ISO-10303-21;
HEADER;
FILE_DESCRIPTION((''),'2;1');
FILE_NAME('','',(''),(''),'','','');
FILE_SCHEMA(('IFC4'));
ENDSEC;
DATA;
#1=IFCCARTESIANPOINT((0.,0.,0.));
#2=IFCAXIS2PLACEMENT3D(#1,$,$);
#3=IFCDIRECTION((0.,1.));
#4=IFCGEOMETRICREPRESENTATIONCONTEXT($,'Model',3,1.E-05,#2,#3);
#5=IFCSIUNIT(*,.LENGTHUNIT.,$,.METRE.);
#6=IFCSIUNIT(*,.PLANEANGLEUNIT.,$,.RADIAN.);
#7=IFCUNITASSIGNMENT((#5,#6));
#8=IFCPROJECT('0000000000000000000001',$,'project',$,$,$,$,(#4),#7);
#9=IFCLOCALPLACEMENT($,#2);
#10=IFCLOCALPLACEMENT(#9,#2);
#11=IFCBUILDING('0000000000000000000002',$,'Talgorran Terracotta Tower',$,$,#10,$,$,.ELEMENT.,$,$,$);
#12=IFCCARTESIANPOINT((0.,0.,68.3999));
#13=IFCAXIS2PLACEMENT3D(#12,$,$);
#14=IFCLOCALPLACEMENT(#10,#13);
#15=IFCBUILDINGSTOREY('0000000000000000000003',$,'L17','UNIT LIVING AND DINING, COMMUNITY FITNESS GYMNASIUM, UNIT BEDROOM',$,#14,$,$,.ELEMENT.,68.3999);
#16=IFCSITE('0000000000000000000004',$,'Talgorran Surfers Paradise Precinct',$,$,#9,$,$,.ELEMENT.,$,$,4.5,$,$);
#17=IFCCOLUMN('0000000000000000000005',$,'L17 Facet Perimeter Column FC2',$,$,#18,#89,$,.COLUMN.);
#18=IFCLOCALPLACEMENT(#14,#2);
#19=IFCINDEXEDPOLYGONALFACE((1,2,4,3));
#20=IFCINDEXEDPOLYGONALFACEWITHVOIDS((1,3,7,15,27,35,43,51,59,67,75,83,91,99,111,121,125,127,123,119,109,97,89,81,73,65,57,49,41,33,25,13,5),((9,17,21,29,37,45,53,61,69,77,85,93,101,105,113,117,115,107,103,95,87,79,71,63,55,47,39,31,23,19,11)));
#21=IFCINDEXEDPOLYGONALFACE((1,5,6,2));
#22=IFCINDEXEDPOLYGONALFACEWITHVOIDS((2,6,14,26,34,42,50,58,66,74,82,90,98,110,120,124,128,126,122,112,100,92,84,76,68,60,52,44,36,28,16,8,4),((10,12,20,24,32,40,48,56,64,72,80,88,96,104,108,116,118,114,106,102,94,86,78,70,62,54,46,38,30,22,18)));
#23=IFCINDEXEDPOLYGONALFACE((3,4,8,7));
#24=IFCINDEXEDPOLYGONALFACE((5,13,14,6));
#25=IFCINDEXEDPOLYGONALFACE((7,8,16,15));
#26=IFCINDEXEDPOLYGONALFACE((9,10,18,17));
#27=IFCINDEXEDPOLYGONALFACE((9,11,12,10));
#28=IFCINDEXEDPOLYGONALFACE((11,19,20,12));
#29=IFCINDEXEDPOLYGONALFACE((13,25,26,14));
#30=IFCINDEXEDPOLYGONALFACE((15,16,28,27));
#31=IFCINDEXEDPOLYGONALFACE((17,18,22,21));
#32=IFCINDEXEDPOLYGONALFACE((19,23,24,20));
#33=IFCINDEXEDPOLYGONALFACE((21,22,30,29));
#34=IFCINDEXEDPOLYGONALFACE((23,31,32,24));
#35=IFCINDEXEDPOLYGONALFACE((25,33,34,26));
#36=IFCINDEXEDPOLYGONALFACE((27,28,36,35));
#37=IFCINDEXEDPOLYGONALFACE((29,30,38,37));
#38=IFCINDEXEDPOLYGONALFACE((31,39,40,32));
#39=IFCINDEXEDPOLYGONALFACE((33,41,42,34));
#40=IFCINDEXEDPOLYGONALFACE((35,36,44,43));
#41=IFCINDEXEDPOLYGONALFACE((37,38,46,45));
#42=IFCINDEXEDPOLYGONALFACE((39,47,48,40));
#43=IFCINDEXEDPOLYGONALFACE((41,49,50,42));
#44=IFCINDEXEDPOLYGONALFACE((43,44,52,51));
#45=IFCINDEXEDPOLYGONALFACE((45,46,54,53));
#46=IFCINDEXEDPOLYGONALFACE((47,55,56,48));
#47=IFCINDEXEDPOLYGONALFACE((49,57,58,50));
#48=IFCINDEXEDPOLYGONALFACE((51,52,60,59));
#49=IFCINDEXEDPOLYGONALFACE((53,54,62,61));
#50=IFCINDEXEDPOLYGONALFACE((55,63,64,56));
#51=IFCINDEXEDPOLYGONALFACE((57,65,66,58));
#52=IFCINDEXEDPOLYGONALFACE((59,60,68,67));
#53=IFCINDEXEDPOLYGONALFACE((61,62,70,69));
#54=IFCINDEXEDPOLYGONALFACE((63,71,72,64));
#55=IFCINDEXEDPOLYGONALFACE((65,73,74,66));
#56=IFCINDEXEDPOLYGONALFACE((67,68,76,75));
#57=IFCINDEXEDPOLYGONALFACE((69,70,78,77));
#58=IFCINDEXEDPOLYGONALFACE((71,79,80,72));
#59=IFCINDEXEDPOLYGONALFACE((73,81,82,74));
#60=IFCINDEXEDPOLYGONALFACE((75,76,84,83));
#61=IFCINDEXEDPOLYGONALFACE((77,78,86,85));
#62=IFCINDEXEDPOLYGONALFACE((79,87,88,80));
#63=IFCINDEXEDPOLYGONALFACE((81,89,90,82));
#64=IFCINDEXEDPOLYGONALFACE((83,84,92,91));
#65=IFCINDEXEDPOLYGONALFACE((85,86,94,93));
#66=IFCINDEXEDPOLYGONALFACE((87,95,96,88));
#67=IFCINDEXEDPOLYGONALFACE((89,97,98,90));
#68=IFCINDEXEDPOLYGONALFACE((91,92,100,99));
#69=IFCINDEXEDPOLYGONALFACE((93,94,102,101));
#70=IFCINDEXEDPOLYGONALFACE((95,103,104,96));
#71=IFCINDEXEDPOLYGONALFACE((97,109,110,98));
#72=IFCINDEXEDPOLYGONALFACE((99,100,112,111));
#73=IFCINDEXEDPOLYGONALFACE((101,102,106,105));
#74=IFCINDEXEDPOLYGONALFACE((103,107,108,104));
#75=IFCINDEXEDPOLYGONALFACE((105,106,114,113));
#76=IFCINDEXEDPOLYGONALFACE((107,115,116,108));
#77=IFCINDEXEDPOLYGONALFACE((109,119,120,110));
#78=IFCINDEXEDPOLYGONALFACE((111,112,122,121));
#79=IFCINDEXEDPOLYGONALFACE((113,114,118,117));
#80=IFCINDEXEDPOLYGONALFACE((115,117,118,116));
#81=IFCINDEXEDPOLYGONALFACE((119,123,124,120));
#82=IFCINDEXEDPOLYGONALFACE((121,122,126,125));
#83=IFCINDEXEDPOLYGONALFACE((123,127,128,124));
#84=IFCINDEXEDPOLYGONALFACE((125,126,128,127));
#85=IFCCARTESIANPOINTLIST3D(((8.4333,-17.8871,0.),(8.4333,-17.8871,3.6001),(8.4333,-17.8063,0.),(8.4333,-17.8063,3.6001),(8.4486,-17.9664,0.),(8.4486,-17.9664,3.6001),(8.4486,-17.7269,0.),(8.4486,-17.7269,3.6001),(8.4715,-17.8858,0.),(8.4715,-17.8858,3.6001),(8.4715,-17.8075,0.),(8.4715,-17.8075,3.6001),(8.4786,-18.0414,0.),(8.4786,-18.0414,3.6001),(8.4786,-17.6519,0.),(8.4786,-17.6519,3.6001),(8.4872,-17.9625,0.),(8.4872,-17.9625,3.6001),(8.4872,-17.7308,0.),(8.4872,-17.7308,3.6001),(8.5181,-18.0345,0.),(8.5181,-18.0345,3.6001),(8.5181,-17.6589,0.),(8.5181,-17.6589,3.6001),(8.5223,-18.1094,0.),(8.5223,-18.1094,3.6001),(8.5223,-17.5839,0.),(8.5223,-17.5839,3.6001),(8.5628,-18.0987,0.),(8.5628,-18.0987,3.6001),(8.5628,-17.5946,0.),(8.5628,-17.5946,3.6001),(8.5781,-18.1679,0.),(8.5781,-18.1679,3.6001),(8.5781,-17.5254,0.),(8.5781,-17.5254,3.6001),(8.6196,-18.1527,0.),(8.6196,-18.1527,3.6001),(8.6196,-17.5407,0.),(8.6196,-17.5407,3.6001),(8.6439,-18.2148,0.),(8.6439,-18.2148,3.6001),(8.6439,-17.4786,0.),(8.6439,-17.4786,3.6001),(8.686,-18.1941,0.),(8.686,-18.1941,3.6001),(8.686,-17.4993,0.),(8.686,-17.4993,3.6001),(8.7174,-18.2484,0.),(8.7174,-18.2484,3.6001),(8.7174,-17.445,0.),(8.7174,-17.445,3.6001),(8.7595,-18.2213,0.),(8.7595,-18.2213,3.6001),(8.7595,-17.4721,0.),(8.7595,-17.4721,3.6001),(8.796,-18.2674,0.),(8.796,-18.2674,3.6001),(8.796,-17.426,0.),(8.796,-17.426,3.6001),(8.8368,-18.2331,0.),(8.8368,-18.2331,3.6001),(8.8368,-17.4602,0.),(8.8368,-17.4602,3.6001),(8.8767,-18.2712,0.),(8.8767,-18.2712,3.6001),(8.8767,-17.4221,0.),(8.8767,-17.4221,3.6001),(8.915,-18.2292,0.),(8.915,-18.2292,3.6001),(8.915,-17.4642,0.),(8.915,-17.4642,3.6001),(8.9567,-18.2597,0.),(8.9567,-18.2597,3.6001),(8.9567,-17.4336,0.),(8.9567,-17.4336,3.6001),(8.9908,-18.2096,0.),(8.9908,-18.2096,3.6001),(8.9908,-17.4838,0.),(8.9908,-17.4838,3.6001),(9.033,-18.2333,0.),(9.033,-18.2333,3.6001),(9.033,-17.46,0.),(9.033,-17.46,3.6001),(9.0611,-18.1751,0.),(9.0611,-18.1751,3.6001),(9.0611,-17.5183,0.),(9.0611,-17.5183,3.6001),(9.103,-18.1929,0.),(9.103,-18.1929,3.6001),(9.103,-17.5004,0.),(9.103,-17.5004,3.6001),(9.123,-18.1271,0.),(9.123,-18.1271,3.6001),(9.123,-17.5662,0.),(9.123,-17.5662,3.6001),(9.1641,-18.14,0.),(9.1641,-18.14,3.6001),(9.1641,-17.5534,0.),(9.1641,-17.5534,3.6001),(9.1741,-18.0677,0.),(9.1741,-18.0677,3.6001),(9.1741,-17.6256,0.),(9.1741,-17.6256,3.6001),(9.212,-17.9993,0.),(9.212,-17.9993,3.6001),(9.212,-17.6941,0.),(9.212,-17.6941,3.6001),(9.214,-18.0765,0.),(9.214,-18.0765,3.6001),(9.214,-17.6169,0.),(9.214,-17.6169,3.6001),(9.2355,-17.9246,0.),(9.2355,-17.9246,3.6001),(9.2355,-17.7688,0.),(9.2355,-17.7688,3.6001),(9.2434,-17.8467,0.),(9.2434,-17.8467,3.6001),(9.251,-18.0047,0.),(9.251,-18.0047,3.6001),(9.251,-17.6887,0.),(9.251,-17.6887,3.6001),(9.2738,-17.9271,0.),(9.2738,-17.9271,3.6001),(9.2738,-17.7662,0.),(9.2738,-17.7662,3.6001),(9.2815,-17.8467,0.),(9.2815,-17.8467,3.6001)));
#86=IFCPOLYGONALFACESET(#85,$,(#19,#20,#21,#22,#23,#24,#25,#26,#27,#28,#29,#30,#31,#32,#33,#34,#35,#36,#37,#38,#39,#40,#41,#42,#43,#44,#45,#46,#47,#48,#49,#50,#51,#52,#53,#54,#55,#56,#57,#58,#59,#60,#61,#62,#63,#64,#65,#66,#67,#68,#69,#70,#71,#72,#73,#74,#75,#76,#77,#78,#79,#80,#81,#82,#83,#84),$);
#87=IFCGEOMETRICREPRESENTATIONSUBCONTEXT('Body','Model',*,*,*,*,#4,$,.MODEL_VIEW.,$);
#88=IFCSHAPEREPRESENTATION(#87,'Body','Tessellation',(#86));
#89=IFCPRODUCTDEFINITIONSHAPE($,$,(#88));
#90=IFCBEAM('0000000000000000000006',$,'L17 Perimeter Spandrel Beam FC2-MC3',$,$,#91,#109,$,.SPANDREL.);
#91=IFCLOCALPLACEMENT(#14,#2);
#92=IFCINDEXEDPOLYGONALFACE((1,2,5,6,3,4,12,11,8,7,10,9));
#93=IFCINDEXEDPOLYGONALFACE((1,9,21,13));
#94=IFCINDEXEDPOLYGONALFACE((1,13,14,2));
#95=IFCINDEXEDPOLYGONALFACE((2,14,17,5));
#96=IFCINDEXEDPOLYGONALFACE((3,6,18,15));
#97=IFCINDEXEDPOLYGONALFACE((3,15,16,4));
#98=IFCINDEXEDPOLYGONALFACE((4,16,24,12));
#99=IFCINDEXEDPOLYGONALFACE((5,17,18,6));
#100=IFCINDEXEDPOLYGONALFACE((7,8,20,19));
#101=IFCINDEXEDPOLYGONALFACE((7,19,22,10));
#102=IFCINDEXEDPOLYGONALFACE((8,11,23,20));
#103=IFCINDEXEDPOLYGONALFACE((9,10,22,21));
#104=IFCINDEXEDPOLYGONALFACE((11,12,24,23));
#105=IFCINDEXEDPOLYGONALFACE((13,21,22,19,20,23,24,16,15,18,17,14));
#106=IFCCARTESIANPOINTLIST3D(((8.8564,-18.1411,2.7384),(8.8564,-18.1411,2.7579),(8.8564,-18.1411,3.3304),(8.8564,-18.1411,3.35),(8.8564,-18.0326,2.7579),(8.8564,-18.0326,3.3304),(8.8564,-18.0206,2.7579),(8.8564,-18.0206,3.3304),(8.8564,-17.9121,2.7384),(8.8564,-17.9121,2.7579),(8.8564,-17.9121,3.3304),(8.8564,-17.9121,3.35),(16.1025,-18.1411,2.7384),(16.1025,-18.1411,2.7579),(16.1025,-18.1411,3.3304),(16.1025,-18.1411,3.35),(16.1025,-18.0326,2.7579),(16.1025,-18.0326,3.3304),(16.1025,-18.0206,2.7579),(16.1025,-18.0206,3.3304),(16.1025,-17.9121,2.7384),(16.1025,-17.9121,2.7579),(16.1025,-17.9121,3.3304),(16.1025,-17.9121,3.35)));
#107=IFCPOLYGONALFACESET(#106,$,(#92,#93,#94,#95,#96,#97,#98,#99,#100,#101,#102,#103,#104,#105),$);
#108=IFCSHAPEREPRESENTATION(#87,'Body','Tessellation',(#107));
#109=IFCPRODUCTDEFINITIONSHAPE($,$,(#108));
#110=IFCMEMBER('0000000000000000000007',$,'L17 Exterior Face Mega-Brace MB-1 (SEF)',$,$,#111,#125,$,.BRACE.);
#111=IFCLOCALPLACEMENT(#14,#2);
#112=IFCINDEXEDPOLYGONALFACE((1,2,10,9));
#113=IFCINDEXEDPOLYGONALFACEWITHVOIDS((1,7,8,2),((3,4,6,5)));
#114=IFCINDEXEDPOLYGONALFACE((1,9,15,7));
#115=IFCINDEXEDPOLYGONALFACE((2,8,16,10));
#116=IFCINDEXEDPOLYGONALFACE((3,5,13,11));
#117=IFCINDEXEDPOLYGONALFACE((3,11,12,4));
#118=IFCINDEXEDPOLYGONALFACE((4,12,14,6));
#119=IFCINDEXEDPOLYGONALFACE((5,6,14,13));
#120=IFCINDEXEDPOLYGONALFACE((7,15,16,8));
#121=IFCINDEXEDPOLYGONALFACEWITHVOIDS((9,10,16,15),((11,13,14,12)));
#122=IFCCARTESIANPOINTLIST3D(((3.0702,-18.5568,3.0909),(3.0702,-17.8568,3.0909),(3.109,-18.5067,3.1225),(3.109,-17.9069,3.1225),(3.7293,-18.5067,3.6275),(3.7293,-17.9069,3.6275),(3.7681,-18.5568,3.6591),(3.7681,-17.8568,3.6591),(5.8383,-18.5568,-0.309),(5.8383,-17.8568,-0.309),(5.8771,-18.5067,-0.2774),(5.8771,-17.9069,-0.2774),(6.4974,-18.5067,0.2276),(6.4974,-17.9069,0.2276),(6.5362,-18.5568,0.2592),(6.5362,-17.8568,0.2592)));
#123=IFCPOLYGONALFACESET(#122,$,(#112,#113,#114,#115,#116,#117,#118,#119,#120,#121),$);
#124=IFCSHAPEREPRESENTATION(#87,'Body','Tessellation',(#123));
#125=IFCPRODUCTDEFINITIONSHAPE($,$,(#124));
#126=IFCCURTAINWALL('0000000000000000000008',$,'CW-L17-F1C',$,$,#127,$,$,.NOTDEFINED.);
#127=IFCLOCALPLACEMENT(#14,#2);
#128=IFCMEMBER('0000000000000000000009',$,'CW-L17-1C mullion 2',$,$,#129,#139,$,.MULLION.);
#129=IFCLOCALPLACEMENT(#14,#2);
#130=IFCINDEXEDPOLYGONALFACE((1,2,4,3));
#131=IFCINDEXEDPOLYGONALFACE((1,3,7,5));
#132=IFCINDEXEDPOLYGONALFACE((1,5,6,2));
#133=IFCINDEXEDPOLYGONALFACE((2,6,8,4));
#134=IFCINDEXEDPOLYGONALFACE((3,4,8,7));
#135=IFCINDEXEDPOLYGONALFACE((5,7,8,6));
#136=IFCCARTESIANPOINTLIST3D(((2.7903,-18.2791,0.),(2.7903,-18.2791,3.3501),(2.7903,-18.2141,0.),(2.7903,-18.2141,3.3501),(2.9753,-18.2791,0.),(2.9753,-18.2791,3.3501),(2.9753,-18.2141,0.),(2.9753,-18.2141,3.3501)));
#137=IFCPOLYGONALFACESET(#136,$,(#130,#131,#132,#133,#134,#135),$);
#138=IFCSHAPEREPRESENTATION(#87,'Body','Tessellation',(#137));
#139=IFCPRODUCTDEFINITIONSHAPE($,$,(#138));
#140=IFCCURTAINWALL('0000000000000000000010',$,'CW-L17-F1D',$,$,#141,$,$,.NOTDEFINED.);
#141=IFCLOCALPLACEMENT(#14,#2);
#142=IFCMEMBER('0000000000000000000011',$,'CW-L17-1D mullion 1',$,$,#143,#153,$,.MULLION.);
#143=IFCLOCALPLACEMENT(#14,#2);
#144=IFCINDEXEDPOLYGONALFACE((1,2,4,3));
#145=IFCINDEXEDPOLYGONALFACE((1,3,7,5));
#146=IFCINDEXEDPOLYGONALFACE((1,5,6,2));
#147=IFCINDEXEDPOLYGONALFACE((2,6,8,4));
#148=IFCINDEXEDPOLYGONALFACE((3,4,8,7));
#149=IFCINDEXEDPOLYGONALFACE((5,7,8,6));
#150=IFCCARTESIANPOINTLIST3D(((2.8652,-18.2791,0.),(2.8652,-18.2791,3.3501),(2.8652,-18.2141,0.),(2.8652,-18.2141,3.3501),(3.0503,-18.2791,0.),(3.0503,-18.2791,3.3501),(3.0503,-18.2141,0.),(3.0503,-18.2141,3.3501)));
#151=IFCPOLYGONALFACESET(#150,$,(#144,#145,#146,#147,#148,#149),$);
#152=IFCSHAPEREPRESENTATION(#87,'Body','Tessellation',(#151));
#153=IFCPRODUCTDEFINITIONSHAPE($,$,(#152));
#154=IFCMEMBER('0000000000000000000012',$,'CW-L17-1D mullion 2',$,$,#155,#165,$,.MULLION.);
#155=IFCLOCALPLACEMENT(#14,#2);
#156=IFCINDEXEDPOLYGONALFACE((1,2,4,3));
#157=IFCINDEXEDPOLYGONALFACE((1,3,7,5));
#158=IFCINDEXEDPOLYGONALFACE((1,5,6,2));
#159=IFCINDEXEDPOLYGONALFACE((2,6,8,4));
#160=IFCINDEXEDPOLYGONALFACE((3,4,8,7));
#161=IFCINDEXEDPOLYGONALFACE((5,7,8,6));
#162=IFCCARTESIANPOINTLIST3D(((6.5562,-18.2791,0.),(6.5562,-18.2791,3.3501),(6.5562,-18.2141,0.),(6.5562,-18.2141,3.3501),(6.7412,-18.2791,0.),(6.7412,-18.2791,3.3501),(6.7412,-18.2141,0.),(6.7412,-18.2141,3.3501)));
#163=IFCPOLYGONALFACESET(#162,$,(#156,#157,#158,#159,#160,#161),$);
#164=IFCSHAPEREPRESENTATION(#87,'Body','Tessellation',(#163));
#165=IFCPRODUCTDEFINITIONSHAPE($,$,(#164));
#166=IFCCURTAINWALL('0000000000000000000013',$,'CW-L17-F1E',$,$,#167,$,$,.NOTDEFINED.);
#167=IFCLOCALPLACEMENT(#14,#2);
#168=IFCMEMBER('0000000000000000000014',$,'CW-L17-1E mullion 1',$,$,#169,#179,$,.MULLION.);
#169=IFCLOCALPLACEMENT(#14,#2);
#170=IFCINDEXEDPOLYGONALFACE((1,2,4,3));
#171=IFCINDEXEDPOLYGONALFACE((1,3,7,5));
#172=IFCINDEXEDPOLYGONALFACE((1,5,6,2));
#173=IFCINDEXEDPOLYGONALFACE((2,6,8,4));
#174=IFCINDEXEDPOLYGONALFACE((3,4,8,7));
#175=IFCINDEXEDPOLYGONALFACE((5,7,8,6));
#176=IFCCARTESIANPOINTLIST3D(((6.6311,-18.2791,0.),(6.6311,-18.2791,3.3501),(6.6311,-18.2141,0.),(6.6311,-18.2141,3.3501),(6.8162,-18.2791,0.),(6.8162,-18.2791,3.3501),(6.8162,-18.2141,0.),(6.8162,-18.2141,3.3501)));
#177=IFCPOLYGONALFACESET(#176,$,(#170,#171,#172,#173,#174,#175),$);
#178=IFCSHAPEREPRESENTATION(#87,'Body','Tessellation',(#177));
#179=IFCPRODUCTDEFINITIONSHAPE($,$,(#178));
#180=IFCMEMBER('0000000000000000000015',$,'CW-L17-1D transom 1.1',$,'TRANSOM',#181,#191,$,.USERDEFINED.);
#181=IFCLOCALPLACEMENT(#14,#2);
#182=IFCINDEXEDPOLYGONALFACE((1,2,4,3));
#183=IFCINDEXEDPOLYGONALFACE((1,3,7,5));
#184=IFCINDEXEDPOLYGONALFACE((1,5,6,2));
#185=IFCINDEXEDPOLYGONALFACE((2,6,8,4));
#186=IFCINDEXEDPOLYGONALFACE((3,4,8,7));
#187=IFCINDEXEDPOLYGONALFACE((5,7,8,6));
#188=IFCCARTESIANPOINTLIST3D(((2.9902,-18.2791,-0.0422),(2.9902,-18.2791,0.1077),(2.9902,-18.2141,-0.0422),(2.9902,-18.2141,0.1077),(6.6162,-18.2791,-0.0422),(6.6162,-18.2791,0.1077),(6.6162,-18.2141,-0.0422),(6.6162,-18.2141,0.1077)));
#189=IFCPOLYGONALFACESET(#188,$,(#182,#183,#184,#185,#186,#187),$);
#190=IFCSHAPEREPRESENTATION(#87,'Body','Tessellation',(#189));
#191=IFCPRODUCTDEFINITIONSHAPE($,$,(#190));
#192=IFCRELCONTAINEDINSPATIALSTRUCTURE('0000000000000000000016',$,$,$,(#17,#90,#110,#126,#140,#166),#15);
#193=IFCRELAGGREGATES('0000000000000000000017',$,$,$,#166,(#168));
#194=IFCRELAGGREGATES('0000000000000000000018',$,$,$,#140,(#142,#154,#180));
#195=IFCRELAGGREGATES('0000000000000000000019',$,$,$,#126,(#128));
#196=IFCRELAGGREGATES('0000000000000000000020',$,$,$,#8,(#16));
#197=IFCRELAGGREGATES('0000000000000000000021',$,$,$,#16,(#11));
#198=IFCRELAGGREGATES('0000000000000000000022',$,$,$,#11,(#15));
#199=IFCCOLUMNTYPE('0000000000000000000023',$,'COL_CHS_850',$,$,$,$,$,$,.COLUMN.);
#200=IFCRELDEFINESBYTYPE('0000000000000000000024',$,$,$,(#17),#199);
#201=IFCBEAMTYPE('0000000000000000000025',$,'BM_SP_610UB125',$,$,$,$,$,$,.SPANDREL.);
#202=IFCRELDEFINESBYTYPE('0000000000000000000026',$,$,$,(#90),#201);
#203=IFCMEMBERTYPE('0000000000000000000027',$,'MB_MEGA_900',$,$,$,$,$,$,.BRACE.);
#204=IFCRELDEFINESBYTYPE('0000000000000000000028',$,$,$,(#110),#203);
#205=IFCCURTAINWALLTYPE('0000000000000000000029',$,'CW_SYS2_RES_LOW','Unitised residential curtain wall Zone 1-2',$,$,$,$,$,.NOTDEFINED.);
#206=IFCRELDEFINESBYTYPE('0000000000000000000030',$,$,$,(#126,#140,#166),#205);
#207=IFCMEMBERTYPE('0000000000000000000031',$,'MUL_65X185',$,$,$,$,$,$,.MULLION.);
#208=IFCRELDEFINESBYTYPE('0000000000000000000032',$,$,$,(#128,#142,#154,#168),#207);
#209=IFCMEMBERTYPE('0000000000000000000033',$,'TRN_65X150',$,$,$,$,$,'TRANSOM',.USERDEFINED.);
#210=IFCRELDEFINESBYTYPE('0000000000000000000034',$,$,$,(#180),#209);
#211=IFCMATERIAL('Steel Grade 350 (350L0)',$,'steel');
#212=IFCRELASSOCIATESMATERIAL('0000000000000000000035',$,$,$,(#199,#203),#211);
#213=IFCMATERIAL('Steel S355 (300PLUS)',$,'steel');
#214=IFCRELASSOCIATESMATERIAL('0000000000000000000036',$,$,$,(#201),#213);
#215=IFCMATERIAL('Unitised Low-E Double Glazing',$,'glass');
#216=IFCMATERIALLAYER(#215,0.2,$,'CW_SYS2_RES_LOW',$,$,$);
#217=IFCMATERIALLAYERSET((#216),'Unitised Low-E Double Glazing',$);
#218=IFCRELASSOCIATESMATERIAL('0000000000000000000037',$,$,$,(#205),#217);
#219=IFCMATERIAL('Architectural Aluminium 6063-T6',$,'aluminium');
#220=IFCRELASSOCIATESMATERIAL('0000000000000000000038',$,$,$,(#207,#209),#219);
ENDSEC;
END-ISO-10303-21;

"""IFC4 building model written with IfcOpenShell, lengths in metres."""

from ifc_helpers import new_model, si_unit, direction, frame, origin, origin_2d, place, context, subcontext, project, spatial, rectangle, hollow_rectangle, hollow_circle, i_section, extrude, material, layer, layer_set, material_profile, profile_set, type_object, element, aggregate, save


model = new_model("IFC4")

# Units and contexts
model_context = context("Model", 3, precision=1e-05, world=origin(), true_north=direction((0.0, 1.0)))
body_context = subcontext(model_context, "Body", "Model", "MODEL_VIEW")
ifc_project = project(units=[si_unit("LENGTHUNIT", "METRE"), si_unit("PLANEANGLEUNIT", "RADIAN")], contexts=[model_context])

# Site, building, storey
site_placement = place(None, origin())
site = spatial("IfcSite", under=ifc_project, at=site_placement, Name="Talgorran Surfers Paradise Precinct", CompositionType="ELEMENT", RefElevation=4.5)
building_placement = place(site_placement, origin())
building = spatial("IfcBuilding", under=site, at=building_placement, Name="Talgorran Terracotta Tower", CompositionType="ELEMENT")
storey_placement = place(building_placement, frame((0.0, 0.0, 68.3999)))
storey = spatial("IfcBuildingStorey", under=building, at=storey_placement, Name="L17", Description="UNIT LIVING AND DINING, COMMUNITY FITNESS GYMNASIUM, UNIT BEDROOM", CompositionType="ELEMENT", Elevation=68.3999)

# Column
ifc_material_1 = material(Name="Steel Grade 350 (350L0)", Category="steel")
ifc_material_profile_1 = material_profile(ifc_material_1, hollow_circle(Radius=0.425, WallThickness=0.0381, at=origin_2d()), Name="CHS850X38")
ifc_profile_set_1 = profile_set([ifc_material_profile_1], Name="Steel Grade 350 (350L0)")
column_type = type_object("IfcColumnType", Name="COL_CHS_850", PredefinedType="COLUMN", material=ifc_profile_set_1)
column_placement = place(storey_placement, frame((8.8564, -17.8467, 0.0), z_axis=(0.0, 0.0, 1.0), x_axis=(1.0, 0.0, 0.0)))
element("IfcColumn", 1, at=column_placement, inside=storey, type_object=column_type, Name="L17 Facet Perimeter Column FC2", PredefinedType="COLUMN", context=body_context, shape_type="SweptSolid", body=[
    extrude(hollow_circle(Radius=0.425, WallThickness=0.0381, at=origin_2d()), origin(), (0.0, 0.0, 1.0), 3.6001),
])

# Beam
ifc_material_2 = material(Name="Steel S355 (300PLUS)", Category="steel")
ifc_material_profile_2 = material_profile(ifc_material_2, i_section(OverallWidth=0.229, OverallDepth=0.6116, WebThickness=0.012, FlangeThickness=0.0195, at=origin_2d()), Name="610UB125")
ifc_profile_set_2 = profile_set([ifc_material_profile_2], Name="Steel S355 (300PLUS)")
beam_type = type_object("IfcBeamType", Name="BM_SP_610UB125", PredefinedType="SPANDREL", material=ifc_profile_set_2)
beam_placement = place(storey_placement, frame((8.8564, -18.0266, 3.0442), z_axis=(1.0, 0.0, 0.0), x_axis=(0.0, 1.0, 0.0)))
element("IfcBeam", 2, at=beam_placement, inside=storey, type_object=beam_type, Name="L17 Perimeter Spandrel Beam FC2-MC3", PredefinedType="SPANDREL", context=body_context, shape_type="SweptSolid", body=[
    extrude(i_section(OverallWidth=0.229, OverallDepth=0.6116, WebThickness=0.012, FlangeThickness=0.0195, at=origin_2d()), origin(), (0.0, 0.0, 1.0), 7.2461),
])

# Member
ifc_material_profile_3 = material_profile(ifc_material_1, hollow_rectangle(XDim=0.7, YDim=0.8999, WallThickness=0.05, at=origin_2d()), Name="WBOX900X700X50")
ifc_profile_set_3 = profile_set([ifc_material_profile_3], Name="Steel Grade 350 (350L0)")
member_type_1 = type_object("IfcMemberType", Name="MB_MEGA_900", PredefinedType="BRACE", material=ifc_profile_set_3)
member_1_placement = place(storey_placement, frame((6.1873, -18.2068, -0.0249), z_axis=(-0.631368, 0.0, 0.775483), x_axis=(0.0, -1.0, 0.0)))
element("IfcMember", 3, at=member_1_placement, inside=storey, type_object=member_type_1, Name="L17 Exterior Face Mega-Brace MB-1 (SEF)", PredefinedType="BRACE", context=body_context, shape_type="SweptSolid", body=[
    extrude(hollow_rectangle(XDim=0.7, YDim=0.8999, WallThickness=0.05, at=origin_2d()), origin(), (0.0, 0.0, 1.0), 4.3843),
])

# Curtain wall, member
ifc_material_3 = material(Name="Unitised Low-E Double Glazing", Category="glass")
ifc_layer_1 = layer(ifc_material_3, 0.2, Name="CW_SYS2_RES_LOW")
ifc_layer_set_1 = layer_set([ifc_layer_1], Name="Unitised Low-E Double Glazing")
curtain_wall_type = type_object("IfcCurtainWallType", Name="CW_SYS2_RES_LOW", Description="Unitised residential curtain wall Zone 1-2", PredefinedType="NOTDEFINED", material=ifc_layer_set_1)
curtain_wall_1_placement = place(storey_placement, origin())
curtain_wall_1 = element("IfcCurtainWall", 4, at=curtain_wall_1_placement, inside=storey, type_object=curtain_wall_type, Name="CW-L17-F1C", PredefinedType="NOTDEFINED")
ifc_material_4 = material(Name="Architectural Aluminium 6063-T6", Category="aluminium")
ifc_material_profile_4 = material_profile(ifc_material_4, rectangle(XDim=0.0649, YDim=0.1851, at=origin_2d()), Name="CWM65X185")
ifc_profile_set_4 = profile_set([ifc_material_profile_4], Name="Architectural Aluminium 6063-T6")
member_type_2 = type_object("IfcMemberType", Name="MUL_65X185", PredefinedType="MULLION", material=ifc_profile_set_4)
member_2_placement = place(storey_placement, frame((2.8828, -18.2466, 0.0), z_axis=(0.0, 0.0, 1.0), x_axis=(0.0, 1.0, 0.0)))
member_2 = element("IfcMember", 5, at=member_2_placement, type_object=member_type_2, Name="CW-L17-1C mullion 2", PredefinedType="MULLION", context=body_context, shape_type="SweptSolid", body=[
    extrude(rectangle(XDim=0.0649, YDim=0.1851, at=origin_2d()), origin(), (0.0, 0.0, 1.0), 3.3501),
])

# Curtain wall, members
curtain_wall_2_placement = place(storey_placement, origin())
curtain_wall_2 = element("IfcCurtainWall", 6, at=curtain_wall_2_placement, inside=storey, type_object=curtain_wall_type, Name="CW-L17-F1D", PredefinedType="NOTDEFINED")
member_3_placement = place(storey_placement, frame((2.9578, -18.2466, 0.0), z_axis=(0.0, 0.0, 1.0), x_axis=(0.0, 1.0, 0.0)))
member_3 = element("IfcMember", 7, at=member_3_placement, type_object=member_type_2, Name="CW-L17-1D mullion 1", PredefinedType="MULLION", context=body_context, shape_type="SweptSolid", body=[
    extrude(rectangle(XDim=0.0649, YDim=0.1851, at=origin_2d()), origin(), (0.0, 0.0, 1.0), 3.3501),
])
member_4_placement = place(storey_placement, frame((6.6487, -18.2466, 0.0), z_axis=(0.0, 0.0, 1.0), x_axis=(0.0, 1.0, 0.0)))
member_4 = element("IfcMember", 8, at=member_4_placement, type_object=member_type_2, Name="CW-L17-1D mullion 2", PredefinedType="MULLION", context=body_context, shape_type="SweptSolid", body=[
    extrude(rectangle(XDim=0.0649, YDim=0.1851, at=origin_2d()), origin(), (0.0, 0.0, 1.0), 3.3501),
])

# Curtain wall, member
curtain_wall_3_placement = place(storey_placement, origin())
curtain_wall_3 = element("IfcCurtainWall", 9, at=curtain_wall_3_placement, inside=storey, type_object=curtain_wall_type, Name="CW-L17-F1E", PredefinedType="NOTDEFINED")
member_5_placement = place(storey_placement, frame((6.7236, -18.2466, 0.0), z_axis=(0.0, 0.0, 1.0), x_axis=(0.0, 1.0, 0.0)))
member_5 = element("IfcMember", 10, at=member_5_placement, type_object=member_type_2, Name="CW-L17-1E mullion 1", PredefinedType="MULLION", context=body_context, shape_type="SweptSolid", body=[
    extrude(rectangle(XDim=0.0649, YDim=0.1851, at=origin_2d()), origin(), (0.0, 0.0, 1.0), 3.3501),
])

# Member
ifc_material_profile_5 = material_profile(ifc_material_4, rectangle(XDim=0.0649, YDim=0.1499, at=origin_2d()), Name="CWT65X150")
ifc_profile_set_5 = profile_set([ifc_material_profile_5], Name="Architectural Aluminium 6063-T6")
member_type_3 = type_object("IfcMemberType", Name="TRN_65X150", ElementType="TRANSOM", PredefinedType="USERDEFINED", material=ifc_profile_set_5)
member_6_placement = place(storey_placement, frame((2.9902, -18.2466, 0.0327), z_axis=(1.0, 0.0, 0.0), x_axis=(0.0, 1.0, 0.0)))
member_6 = element("IfcMember", 11, at=member_6_placement, type_object=member_type_3, Name="CW-L17-1D transom 1.1", ObjectType="TRANSOM", PredefinedType="USERDEFINED", context=body_context, shape_type="SweptSolid", body=[
    extrude(rectangle(XDim=0.0649, YDim=0.1499, at=origin_2d()), origin(), (0.0, 0.0, 1.0), 3.626),
])
aggregate(curtain_wall_3, [member_5])

aggregate(curtain_wall_2, [member_3, member_4, member_6])
aggregate(curtain_wall_1, [member_2])

save(model, "model.ifc")
